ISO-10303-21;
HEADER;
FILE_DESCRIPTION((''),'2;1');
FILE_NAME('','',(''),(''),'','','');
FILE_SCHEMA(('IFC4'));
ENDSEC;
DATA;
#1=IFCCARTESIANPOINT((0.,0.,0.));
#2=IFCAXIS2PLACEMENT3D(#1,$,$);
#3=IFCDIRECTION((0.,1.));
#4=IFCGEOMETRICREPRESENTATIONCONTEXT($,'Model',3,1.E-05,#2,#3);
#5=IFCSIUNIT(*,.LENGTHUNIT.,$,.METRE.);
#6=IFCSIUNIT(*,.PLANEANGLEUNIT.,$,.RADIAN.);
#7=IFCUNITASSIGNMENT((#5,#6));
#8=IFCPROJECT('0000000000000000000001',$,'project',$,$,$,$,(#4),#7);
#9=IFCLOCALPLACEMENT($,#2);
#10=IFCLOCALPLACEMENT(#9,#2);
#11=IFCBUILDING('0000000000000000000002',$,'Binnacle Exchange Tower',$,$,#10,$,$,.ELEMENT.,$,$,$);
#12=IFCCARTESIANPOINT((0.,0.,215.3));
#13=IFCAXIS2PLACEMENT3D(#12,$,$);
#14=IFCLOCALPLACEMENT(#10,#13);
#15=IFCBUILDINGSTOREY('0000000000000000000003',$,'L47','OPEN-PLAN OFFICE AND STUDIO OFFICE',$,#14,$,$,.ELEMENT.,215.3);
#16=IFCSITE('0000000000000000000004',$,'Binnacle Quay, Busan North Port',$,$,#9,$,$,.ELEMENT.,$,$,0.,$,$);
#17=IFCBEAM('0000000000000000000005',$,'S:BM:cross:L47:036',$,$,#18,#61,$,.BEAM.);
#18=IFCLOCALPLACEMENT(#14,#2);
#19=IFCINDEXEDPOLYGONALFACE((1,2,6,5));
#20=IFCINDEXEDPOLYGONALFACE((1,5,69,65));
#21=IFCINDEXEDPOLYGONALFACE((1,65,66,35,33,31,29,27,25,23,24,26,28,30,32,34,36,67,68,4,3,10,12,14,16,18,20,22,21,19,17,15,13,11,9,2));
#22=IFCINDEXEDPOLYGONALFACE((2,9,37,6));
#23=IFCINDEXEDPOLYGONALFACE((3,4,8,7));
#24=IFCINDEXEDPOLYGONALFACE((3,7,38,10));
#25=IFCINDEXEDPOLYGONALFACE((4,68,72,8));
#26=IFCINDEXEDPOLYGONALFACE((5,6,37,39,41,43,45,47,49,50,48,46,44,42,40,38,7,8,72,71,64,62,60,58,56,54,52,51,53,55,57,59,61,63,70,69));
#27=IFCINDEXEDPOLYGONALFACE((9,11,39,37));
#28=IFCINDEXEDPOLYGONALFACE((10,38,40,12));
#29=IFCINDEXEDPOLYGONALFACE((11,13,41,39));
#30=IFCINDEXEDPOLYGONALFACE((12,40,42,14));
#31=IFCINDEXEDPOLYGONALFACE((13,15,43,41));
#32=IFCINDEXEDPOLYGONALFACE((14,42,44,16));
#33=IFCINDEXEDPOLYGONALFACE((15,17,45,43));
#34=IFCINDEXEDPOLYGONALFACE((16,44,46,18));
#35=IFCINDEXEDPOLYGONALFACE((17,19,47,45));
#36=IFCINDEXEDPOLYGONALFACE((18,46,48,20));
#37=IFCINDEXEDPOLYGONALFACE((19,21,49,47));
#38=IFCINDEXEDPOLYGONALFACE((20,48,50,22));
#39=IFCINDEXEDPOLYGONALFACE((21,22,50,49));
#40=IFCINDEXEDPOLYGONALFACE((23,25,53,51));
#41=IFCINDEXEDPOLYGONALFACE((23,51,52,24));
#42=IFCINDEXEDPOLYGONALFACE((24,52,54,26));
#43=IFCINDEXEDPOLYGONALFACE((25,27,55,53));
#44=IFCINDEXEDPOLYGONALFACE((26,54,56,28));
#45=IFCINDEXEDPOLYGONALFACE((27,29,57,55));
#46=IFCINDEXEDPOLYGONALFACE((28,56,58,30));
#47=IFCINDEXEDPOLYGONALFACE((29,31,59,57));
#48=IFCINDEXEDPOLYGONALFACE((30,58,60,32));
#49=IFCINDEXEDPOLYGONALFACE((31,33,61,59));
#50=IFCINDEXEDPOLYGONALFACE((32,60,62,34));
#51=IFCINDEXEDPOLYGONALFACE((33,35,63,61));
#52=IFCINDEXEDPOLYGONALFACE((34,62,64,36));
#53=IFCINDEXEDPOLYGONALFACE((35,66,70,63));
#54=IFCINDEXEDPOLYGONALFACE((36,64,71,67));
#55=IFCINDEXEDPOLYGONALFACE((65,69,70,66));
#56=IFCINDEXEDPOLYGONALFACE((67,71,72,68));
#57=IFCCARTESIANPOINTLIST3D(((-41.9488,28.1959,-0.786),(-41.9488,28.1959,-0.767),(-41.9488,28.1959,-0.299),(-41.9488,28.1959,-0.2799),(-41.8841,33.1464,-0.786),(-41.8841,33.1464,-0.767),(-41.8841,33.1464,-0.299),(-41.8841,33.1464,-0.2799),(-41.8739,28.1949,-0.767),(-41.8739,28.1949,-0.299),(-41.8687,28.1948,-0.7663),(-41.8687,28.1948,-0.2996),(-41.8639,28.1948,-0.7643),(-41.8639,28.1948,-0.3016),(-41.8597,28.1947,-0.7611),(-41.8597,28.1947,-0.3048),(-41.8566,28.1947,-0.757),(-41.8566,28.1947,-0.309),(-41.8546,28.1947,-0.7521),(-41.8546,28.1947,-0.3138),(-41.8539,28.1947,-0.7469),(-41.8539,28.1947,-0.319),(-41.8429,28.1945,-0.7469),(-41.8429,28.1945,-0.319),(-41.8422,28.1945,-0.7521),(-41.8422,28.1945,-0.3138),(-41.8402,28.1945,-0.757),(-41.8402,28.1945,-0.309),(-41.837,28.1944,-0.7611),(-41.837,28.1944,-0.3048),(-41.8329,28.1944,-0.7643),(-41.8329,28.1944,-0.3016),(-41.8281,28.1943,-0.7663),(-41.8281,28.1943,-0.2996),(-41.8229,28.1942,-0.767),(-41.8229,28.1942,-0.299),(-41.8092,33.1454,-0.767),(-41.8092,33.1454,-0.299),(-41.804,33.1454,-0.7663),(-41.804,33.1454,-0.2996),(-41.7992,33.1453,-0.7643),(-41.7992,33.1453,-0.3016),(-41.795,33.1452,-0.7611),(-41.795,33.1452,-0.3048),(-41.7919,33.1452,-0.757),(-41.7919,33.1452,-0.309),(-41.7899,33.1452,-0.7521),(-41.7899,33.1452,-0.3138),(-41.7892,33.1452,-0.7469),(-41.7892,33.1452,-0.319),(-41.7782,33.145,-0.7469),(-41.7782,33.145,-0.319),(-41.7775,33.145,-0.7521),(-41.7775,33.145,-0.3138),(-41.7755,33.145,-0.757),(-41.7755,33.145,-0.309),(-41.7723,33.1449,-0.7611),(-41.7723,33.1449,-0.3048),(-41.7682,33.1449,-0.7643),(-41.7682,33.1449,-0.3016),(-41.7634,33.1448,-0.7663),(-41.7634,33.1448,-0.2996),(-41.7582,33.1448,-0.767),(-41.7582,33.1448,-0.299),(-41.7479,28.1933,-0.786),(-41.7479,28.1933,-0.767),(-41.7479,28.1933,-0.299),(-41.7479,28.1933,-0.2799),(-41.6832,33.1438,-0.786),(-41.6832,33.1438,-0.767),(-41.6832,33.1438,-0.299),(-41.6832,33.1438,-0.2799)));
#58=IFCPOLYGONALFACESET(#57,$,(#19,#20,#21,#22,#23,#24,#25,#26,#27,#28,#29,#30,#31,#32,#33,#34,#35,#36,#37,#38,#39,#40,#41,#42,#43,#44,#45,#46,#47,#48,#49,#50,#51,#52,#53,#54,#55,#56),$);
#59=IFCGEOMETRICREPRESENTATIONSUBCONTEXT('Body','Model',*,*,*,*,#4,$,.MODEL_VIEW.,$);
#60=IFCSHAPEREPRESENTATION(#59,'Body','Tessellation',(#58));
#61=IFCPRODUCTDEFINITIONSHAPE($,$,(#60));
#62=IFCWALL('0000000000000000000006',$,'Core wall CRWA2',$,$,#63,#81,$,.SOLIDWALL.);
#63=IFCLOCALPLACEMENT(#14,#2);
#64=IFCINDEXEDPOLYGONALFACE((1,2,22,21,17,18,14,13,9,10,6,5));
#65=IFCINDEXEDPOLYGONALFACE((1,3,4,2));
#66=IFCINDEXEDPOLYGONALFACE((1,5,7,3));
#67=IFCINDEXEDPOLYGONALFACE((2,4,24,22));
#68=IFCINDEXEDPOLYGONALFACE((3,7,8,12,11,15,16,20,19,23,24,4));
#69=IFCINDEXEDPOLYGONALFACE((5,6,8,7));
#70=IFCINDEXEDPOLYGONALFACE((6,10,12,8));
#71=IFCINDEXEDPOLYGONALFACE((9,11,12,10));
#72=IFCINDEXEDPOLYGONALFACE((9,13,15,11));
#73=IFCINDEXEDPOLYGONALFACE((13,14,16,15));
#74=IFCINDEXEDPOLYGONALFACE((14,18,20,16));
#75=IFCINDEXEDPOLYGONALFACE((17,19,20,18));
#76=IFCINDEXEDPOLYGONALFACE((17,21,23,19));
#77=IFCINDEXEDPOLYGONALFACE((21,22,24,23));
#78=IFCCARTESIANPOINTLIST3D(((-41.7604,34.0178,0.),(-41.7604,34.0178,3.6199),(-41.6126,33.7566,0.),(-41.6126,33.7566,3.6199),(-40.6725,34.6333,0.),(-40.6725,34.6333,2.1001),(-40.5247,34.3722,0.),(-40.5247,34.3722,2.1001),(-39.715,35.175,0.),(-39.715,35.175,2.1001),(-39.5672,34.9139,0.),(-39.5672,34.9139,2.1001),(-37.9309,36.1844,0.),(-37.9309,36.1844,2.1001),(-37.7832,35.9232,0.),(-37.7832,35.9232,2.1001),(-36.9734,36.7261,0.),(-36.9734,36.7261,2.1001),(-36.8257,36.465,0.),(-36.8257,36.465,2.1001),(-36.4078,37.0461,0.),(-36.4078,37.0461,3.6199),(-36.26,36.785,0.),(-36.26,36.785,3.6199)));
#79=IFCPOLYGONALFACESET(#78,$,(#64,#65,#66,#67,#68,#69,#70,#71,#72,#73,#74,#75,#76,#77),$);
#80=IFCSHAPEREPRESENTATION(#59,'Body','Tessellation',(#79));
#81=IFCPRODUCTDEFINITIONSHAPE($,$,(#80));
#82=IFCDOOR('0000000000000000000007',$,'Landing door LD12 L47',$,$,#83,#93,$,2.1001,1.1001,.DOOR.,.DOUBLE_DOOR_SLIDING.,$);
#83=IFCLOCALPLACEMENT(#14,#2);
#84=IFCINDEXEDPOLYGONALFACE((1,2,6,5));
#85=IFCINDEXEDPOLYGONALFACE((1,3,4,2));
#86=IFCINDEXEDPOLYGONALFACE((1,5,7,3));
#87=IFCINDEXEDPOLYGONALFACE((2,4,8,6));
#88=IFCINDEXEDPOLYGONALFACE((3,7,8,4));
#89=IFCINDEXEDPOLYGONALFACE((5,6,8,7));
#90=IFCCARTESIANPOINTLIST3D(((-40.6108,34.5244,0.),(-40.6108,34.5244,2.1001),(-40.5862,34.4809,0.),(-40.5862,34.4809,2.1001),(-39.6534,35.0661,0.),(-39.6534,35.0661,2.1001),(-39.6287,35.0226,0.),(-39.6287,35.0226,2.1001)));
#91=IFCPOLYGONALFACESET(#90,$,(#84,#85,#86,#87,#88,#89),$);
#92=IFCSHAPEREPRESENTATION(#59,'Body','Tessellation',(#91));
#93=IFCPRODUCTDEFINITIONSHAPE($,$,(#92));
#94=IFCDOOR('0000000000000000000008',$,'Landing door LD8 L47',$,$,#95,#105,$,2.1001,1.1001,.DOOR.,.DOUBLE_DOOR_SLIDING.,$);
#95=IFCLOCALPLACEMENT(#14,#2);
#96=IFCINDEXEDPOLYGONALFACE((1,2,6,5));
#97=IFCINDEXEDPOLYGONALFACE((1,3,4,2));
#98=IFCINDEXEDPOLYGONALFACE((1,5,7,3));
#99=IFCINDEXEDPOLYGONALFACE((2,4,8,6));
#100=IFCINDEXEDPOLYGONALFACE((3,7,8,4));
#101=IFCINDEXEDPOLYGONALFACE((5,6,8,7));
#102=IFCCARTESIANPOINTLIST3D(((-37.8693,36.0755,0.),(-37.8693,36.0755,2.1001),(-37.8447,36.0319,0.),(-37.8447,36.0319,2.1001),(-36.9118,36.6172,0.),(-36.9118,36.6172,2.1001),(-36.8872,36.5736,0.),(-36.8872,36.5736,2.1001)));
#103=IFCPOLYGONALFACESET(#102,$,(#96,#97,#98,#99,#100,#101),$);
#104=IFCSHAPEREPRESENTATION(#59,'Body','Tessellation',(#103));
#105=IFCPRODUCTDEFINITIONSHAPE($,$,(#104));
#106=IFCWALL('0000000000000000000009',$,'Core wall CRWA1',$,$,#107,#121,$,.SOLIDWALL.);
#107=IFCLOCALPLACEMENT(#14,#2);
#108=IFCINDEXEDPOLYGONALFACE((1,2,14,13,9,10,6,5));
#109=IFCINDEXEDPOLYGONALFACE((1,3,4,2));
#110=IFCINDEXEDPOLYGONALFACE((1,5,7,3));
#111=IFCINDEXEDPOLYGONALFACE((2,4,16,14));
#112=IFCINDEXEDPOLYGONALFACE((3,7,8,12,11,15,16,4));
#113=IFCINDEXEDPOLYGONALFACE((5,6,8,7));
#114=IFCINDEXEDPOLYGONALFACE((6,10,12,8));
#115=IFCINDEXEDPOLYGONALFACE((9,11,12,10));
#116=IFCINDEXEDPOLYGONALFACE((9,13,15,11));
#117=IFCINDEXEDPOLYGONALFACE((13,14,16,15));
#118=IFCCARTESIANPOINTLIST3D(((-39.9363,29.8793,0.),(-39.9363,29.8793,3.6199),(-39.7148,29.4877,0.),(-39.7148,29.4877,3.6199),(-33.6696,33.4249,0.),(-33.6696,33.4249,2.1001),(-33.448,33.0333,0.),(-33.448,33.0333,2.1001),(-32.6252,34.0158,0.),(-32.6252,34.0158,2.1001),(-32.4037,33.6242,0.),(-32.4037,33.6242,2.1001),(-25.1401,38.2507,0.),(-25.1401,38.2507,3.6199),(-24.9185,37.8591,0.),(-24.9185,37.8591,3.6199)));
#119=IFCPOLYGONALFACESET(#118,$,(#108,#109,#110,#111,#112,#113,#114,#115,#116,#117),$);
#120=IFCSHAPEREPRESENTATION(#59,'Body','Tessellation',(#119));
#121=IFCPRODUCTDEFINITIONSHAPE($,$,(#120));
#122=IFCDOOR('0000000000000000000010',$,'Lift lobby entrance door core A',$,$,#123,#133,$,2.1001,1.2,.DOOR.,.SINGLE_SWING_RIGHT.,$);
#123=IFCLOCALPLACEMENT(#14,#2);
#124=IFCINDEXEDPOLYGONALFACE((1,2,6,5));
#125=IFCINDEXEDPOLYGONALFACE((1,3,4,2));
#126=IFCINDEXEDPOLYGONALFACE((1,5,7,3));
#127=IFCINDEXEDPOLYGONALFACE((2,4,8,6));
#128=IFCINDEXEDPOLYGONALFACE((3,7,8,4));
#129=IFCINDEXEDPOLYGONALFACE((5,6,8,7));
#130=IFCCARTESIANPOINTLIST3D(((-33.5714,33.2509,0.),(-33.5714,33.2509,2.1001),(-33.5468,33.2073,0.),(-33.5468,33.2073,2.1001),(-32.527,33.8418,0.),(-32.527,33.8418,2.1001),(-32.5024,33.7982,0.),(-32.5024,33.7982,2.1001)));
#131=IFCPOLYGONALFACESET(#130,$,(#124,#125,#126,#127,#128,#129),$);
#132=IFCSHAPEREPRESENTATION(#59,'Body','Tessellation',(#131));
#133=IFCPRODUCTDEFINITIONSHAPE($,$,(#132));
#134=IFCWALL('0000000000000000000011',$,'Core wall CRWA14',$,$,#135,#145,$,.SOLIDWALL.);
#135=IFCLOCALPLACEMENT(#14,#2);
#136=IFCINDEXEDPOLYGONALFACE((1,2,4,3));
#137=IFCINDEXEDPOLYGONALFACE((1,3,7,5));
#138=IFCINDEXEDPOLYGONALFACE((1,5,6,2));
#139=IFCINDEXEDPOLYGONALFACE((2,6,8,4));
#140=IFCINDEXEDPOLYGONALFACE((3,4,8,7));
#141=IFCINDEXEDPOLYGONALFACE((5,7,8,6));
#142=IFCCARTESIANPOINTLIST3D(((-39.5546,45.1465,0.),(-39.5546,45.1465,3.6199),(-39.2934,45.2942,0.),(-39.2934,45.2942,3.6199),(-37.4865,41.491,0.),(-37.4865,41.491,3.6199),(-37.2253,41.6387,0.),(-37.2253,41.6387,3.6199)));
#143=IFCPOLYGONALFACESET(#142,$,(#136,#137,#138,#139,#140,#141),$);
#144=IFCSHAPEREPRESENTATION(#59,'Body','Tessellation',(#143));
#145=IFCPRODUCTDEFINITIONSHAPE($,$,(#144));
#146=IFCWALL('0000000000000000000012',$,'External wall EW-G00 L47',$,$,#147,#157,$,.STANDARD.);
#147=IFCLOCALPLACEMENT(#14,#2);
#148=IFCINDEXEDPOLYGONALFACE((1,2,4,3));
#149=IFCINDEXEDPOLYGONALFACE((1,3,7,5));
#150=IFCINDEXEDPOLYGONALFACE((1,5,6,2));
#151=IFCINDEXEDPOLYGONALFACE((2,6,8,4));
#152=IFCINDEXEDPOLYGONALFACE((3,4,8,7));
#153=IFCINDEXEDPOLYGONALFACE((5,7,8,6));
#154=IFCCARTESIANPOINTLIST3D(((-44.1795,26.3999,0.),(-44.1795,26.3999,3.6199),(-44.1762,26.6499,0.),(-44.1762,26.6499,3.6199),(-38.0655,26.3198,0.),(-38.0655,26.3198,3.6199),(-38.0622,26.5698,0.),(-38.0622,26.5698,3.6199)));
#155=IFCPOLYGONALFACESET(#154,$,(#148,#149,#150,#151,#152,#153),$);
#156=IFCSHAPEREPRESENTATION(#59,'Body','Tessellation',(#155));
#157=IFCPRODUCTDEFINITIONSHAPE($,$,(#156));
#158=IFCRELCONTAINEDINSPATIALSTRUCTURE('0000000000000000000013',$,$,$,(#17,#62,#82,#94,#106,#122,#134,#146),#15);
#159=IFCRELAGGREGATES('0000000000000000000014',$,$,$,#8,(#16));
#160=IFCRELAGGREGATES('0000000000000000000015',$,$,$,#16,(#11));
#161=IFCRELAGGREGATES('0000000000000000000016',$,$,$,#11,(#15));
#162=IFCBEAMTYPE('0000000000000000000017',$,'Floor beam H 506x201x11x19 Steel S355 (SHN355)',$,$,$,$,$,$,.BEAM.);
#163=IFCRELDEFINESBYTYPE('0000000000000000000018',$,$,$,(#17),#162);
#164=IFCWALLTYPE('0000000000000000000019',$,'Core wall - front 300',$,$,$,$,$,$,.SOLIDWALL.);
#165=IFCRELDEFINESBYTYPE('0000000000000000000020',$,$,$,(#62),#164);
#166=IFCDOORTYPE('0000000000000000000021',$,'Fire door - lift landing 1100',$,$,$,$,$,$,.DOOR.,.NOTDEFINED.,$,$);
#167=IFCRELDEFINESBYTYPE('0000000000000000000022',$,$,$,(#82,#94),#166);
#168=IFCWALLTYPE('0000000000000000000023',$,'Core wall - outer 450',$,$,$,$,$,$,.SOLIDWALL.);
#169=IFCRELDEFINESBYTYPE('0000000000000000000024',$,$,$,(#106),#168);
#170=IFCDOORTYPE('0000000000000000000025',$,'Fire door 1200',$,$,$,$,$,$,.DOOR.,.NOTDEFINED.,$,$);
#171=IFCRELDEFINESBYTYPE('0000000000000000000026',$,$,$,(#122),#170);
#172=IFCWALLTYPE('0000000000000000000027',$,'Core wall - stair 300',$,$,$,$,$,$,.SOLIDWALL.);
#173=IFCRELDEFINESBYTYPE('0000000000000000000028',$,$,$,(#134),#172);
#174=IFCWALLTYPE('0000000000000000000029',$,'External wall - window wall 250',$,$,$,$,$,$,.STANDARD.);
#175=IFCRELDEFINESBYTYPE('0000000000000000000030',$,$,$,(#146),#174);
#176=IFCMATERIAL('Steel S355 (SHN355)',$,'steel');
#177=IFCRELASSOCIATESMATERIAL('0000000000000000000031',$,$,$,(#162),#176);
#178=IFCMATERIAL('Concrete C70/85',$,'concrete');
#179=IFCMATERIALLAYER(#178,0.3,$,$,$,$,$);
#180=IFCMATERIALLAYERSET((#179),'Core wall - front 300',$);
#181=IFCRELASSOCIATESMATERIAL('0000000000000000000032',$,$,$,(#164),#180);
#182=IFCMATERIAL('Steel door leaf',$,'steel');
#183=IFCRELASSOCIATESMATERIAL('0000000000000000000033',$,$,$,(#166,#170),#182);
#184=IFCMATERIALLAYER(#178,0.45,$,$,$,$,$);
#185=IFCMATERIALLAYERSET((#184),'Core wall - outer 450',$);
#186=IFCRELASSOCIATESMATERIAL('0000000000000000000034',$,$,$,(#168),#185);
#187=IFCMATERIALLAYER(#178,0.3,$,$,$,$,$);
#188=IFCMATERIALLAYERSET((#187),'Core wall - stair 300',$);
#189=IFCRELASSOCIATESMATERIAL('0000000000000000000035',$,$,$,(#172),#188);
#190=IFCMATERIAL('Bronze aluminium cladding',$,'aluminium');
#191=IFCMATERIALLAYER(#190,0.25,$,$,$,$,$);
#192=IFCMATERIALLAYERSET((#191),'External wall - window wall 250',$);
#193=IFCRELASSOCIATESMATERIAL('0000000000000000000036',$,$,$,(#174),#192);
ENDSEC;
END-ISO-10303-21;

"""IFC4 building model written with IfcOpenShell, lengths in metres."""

from ifc_helpers import new_model, si_unit, direction, frame, frame_2d, origin, origin_2d, place, context, subcontext, project, spatial, rectangle, i_section, extrude, material, layer, layer_set, material_profile, profile_set, type_object, element, fill, save


model = new_model("IFC4")

# Units and contexts
model_context = context("Model", 3, precision=1e-05, world=origin(), true_north=direction((0.0, 1.0)))
body_context = subcontext(model_context, "Body", "Model", "MODEL_VIEW")
ifc_project = project(units=[si_unit("LENGTHUNIT", "METRE"), si_unit("PLANEANGLEUNIT", "RADIAN")], contexts=[model_context])

# Site, building, storey
site_placement = place(None, origin())
site = spatial("IfcSite", under=ifc_project, at=site_placement, Name="Binnacle Quay, Busan North Port", CompositionType="ELEMENT", RefElevation=0.0)
building_placement = place(site_placement, origin())
building = spatial("IfcBuilding", under=site, at=building_placement, Name="Binnacle Exchange Tower", CompositionType="ELEMENT")
storey_placement = place(building_placement, frame((0.0, 0.0, 215.3)))
storey = spatial("IfcBuildingStorey", under=building, at=storey_placement, Name="L47", Description="OPEN-PLAN OFFICE AND STUDIO OFFICE", CompositionType="ELEMENT", Elevation=215.3)

# Beam
ifc_material_1 = material(Name="Steel S355 (SHN355)", Category="steel")
ifc_material_profile_1 = material_profile(ifc_material_1, i_section(OverallWidth=0.2009, OverallDepth=0.5061, WebThickness=0.011, FlangeThickness=0.019, FilletRadius=0.02, at=origin_2d()), Name="H 506x201x11x19")
ifc_profile_set_1 = profile_set([ifc_material_profile_1], Name="Steel S355 (SHN355)")
beam_type_1 = type_object("IfcBeamType", Name="Floor beam H 506x201x11x19 Steel S355 (SHN355)", PredefinedType="BEAM", material=ifc_profile_set_1)
beam_1_placement = place(storey_placement, frame((-41.8484, 28.1946, -0.533), z_axis=(0.013068, 0.999915, 0.0), x_axis=(-0.999915, 0.013068, 0.0)))
element("IfcBeam", 1, at=beam_1_placement, inside=storey, type_object=beam_type_1, Name="S:BM:cross:L47:036", PredefinedType="BEAM", context=body_context, shape_type="SweptSolid", body=[
    extrude(i_section(OverallWidth=0.2009, OverallDepth=0.5061, WebThickness=0.011, FlangeThickness=0.019, FilletRadius=0.02, at=origin_2d()), origin(), (0.0, 0.0, 1.0), 4.9509),
])

# Wall, openings, doors
ifc_material_2 = material(Name="Concrete C70/85", Category="concrete")
ifc_layer_1 = layer(ifc_material_2, 0.3)
ifc_layer_set_1 = layer_set([ifc_layer_1], Name="Core wall - front 300")
wall_type_1 = type_object("IfcWallType", Name="Core wall - front 300", PredefinedType="SOLIDWALL", material=ifc_layer_set_1)
wall_1_placement = place(storey_placement, frame((-41.6865, 33.8872, 0.0), z_axis=(0.0, 0.0, 1.0), x_axis=(0.870356, 0.492423, 0.0)))
wall_1 = element("IfcWall", 2, at=wall_1_placement, inside=storey, type_object=wall_type_1, Name="Core wall CRWA2", PredefinedType="SOLIDWALL", context=body_context, shape_type="SweptSolid", body=[
    extrude(rectangle(XDim=6.1499, YDim=0.3, at=frame_2d((3.075, 0.0))), origin(), (0.0, 0.0, 1.0), 3.6199),
])
opening_1_placement = place(wall_1_placement, frame((1.25, 0.0, 0.0)))
opening_1 = element("IfcOpeningElement", 3, at=opening_1_placement, cuts=wall_1, PredefinedType="OPENING", context=body_context, shape_type="SweptSolid", body=[
    extrude(rectangle(XDim=1.1001, YDim=2.1001, at=frame_2d((0.55, 1.05))), frame((0.0, 0.1599, 0.0), z_axis=(0.0, -1.0, 0.0), x_axis=(1.0, 0.0, 0.0)), (0.0, 0.0, 1.0), 0.3201),
])
opening_2_placement = place(wall_1_placement, frame((4.3999, 0.0, 0.0)))
opening_2 = element("IfcOpeningElement", 4, at=opening_2_placement, cuts=wall_1, PredefinedType="OPENING", context=body_context, shape_type="SweptSolid", body=[
    extrude(rectangle(XDim=1.1001, YDim=2.1001, at=frame_2d((0.55, 1.05))), frame((0.0, 0.1599, 0.0), z_axis=(0.0, -1.0, 0.0), x_axis=(1.0, 0.0, 0.0)), (0.0, 0.0, 1.0), 0.3201),
])
ifc_material_3 = material(Name="Steel door leaf", Category="steel")
door_type_1 = type_object("IfcDoorType", Name="Fire door - lift landing 1100", OperationType="NOTDEFINED", PredefinedType="DOOR", material=ifc_material_3)
door_1_placement = place(opening_1_placement, origin())
door_1 = element("IfcDoor", 5, at=door_1_placement, inside=storey, type_object=door_type_1, Name="Landing door LD12 L47", OperationType="DOUBLE_DOOR_SLIDING", OverallHeight=2.1001, OverallWidth=1.1001, PredefinedType="DOOR", context=body_context, shape_type="SweptSolid", body=[
    extrude(rectangle(XDim=1.1001, YDim=2.1001, at=frame_2d((0.55, 1.05))), frame((0.0, 0.0249, 0.0), z_axis=(0.0, -1.0, 0.0), x_axis=(1.0, 0.0, 0.0)), (0.0, 0.0, 1.0), 0.05),
])
fill(opening_1, door_1)
door_2_placement = place(opening_2_placement, origin())
door_2 = element("IfcDoor", 6, at=door_2_placement, inside=storey, type_object=door_type_1, Name="Landing door LD8 L47", OperationType="DOUBLE_DOOR_SLIDING", OverallHeight=2.1001, OverallWidth=1.1001, PredefinedType="DOOR", context=body_context, shape_type="SweptSolid", body=[
    extrude(rectangle(XDim=1.1001, YDim=2.1001, at=frame_2d((0.55, 1.05))), frame((0.0, 0.0249, 0.0), z_axis=(0.0, -1.0, 0.0), x_axis=(1.0, 0.0, 0.0)), (0.0, 0.0, 1.0), 0.05),
])
fill(opening_2, door_2)

# Wall, opening, door
ifc_layer_2 = layer(ifc_material_2, 0.45)
ifc_layer_set_2 = layer_set([ifc_layer_2], Name="Core wall - outer 450")
wall_type_2 = type_object("IfcWallType", Name="Core wall - outer 450", PredefinedType="SOLIDWALL", material=ifc_layer_set_2)
wall_2_placement = place(storey_placement, frame((-39.8254, 29.6836, 0.0), z_axis=(0.0, 0.0, 1.0), x_axis=(0.870354, 0.492427, 0.0)))
wall_2 = element("IfcWall", 7, at=wall_2_placement, inside=storey, type_object=wall_type_2, Name="Core wall CRWA1", PredefinedType="SOLIDWALL", context=body_context, shape_type="SweptSolid", body=[
    extrude(rectangle(XDim=17.0002, YDim=0.45, at=frame_2d((8.5, 0.0))), origin(), (0.0, 0.0, 1.0), 3.6199),
])
opening_3_placement = place(wall_2_placement, frame((7.2, 0.0, 0.0)))
opening_3 = element("IfcOpeningElement", 8, at=opening_3_placement, cuts=wall_2, PredefinedType="OPENING", context=body_context, shape_type="SweptSolid", body=[
    extrude(rectangle(XDim=1.2, YDim=2.1001, at=frame_2d((0.6001, 1.05))), frame((0.0, 0.2349, 0.0), z_axis=(0.0, -1.0, 0.0), x_axis=(1.0, 0.0, 0.0)), (0.0, 0.0, 1.0), 0.47),
])
door_type_2 = type_object("IfcDoorType", Name="Fire door 1200", OperationType="NOTDEFINED", PredefinedType="DOOR", material=ifc_material_3)
door_3_placement = place(opening_3_placement, frame((1.2, 0.0, 0.0), z_axis=(0.0, 0.0, 1.0), x_axis=(-1.0, 0.0, 0.0)))
door_3 = element("IfcDoor", 9, at=door_3_placement, inside=storey, type_object=door_type_2, Name="Lift lobby entrance door core A", OperationType="SINGLE_SWING_RIGHT", OverallHeight=2.1001, OverallWidth=1.2, PredefinedType="DOOR", context=body_context, shape_type="SweptSolid", body=[
    extrude(rectangle(XDim=1.2, YDim=2.1001, at=frame_2d((0.6001, 1.05))), frame((0.0, 0.0249, 0.0), z_axis=(0.0, -1.0, 0.0), x_axis=(1.0, 0.0, 0.0)), (0.0, 0.0, 1.0), 0.05),
])
fill(opening_3, door_3)

# Walls
ifc_layer_3 = layer(ifc_material_2, 0.3)
ifc_layer_set_3 = layer_set([ifc_layer_3], Name="Core wall - stair 300")
wall_type_3 = type_object("IfcWallType", Name="Core wall - stair 300", PredefinedType="SOLIDWALL", material=ifc_layer_set_3)
wall_3_placement = place(storey_placement, frame((-39.4241, 45.2205, 0.0), z_axis=(0.0, 0.0, 1.0), x_axis=(0.49241, -0.870364, 0.0)))
element("IfcWall", 10, at=wall_3_placement, inside=storey, type_object=wall_type_3, Name="Core wall CRWA14", PredefinedType="SOLIDWALL", context=body_context, shape_type="SweptSolid", body=[
    extrude(rectangle(XDim=4.2, YDim=0.3, at=frame_2d((2.1001, 0.0))), origin(), (0.0, 0.0, 1.0), 3.6199),
])
ifc_material_4 = material(Name="Bronze aluminium cladding", Category="aluminium")
ifc_layer_4 = layer(ifc_material_4, 0.25)
ifc_layer_set_4 = layer_set([ifc_layer_4], Name="External wall - window wall 250")
wall_type_4 = type_object("IfcWallType", Name="External wall - window wall 250", PredefinedType="STANDARD", material=ifc_layer_set_4)
wall_4_placement = place(storey_placement, frame((-38.064, 26.4448, 0.0), z_axis=(0.0, 0.0, 1.0), x_axis=(-0.999914, 0.013096, 0.0)))
element("IfcWall", 11, at=wall_4_placement, inside=storey, type_object=wall_type_4, Name="External wall EW-G00 L47", PredefinedType="STANDARD", context=body_context, shape_type="SweptSolid", body=[
    extrude(rectangle(XDim=6.1145, YDim=0.25, at=frame_2d((3.0571, 0.0))), origin(), (0.0, 0.0, 1.0), 3.6199),
])

save(model, "model.ifc")
